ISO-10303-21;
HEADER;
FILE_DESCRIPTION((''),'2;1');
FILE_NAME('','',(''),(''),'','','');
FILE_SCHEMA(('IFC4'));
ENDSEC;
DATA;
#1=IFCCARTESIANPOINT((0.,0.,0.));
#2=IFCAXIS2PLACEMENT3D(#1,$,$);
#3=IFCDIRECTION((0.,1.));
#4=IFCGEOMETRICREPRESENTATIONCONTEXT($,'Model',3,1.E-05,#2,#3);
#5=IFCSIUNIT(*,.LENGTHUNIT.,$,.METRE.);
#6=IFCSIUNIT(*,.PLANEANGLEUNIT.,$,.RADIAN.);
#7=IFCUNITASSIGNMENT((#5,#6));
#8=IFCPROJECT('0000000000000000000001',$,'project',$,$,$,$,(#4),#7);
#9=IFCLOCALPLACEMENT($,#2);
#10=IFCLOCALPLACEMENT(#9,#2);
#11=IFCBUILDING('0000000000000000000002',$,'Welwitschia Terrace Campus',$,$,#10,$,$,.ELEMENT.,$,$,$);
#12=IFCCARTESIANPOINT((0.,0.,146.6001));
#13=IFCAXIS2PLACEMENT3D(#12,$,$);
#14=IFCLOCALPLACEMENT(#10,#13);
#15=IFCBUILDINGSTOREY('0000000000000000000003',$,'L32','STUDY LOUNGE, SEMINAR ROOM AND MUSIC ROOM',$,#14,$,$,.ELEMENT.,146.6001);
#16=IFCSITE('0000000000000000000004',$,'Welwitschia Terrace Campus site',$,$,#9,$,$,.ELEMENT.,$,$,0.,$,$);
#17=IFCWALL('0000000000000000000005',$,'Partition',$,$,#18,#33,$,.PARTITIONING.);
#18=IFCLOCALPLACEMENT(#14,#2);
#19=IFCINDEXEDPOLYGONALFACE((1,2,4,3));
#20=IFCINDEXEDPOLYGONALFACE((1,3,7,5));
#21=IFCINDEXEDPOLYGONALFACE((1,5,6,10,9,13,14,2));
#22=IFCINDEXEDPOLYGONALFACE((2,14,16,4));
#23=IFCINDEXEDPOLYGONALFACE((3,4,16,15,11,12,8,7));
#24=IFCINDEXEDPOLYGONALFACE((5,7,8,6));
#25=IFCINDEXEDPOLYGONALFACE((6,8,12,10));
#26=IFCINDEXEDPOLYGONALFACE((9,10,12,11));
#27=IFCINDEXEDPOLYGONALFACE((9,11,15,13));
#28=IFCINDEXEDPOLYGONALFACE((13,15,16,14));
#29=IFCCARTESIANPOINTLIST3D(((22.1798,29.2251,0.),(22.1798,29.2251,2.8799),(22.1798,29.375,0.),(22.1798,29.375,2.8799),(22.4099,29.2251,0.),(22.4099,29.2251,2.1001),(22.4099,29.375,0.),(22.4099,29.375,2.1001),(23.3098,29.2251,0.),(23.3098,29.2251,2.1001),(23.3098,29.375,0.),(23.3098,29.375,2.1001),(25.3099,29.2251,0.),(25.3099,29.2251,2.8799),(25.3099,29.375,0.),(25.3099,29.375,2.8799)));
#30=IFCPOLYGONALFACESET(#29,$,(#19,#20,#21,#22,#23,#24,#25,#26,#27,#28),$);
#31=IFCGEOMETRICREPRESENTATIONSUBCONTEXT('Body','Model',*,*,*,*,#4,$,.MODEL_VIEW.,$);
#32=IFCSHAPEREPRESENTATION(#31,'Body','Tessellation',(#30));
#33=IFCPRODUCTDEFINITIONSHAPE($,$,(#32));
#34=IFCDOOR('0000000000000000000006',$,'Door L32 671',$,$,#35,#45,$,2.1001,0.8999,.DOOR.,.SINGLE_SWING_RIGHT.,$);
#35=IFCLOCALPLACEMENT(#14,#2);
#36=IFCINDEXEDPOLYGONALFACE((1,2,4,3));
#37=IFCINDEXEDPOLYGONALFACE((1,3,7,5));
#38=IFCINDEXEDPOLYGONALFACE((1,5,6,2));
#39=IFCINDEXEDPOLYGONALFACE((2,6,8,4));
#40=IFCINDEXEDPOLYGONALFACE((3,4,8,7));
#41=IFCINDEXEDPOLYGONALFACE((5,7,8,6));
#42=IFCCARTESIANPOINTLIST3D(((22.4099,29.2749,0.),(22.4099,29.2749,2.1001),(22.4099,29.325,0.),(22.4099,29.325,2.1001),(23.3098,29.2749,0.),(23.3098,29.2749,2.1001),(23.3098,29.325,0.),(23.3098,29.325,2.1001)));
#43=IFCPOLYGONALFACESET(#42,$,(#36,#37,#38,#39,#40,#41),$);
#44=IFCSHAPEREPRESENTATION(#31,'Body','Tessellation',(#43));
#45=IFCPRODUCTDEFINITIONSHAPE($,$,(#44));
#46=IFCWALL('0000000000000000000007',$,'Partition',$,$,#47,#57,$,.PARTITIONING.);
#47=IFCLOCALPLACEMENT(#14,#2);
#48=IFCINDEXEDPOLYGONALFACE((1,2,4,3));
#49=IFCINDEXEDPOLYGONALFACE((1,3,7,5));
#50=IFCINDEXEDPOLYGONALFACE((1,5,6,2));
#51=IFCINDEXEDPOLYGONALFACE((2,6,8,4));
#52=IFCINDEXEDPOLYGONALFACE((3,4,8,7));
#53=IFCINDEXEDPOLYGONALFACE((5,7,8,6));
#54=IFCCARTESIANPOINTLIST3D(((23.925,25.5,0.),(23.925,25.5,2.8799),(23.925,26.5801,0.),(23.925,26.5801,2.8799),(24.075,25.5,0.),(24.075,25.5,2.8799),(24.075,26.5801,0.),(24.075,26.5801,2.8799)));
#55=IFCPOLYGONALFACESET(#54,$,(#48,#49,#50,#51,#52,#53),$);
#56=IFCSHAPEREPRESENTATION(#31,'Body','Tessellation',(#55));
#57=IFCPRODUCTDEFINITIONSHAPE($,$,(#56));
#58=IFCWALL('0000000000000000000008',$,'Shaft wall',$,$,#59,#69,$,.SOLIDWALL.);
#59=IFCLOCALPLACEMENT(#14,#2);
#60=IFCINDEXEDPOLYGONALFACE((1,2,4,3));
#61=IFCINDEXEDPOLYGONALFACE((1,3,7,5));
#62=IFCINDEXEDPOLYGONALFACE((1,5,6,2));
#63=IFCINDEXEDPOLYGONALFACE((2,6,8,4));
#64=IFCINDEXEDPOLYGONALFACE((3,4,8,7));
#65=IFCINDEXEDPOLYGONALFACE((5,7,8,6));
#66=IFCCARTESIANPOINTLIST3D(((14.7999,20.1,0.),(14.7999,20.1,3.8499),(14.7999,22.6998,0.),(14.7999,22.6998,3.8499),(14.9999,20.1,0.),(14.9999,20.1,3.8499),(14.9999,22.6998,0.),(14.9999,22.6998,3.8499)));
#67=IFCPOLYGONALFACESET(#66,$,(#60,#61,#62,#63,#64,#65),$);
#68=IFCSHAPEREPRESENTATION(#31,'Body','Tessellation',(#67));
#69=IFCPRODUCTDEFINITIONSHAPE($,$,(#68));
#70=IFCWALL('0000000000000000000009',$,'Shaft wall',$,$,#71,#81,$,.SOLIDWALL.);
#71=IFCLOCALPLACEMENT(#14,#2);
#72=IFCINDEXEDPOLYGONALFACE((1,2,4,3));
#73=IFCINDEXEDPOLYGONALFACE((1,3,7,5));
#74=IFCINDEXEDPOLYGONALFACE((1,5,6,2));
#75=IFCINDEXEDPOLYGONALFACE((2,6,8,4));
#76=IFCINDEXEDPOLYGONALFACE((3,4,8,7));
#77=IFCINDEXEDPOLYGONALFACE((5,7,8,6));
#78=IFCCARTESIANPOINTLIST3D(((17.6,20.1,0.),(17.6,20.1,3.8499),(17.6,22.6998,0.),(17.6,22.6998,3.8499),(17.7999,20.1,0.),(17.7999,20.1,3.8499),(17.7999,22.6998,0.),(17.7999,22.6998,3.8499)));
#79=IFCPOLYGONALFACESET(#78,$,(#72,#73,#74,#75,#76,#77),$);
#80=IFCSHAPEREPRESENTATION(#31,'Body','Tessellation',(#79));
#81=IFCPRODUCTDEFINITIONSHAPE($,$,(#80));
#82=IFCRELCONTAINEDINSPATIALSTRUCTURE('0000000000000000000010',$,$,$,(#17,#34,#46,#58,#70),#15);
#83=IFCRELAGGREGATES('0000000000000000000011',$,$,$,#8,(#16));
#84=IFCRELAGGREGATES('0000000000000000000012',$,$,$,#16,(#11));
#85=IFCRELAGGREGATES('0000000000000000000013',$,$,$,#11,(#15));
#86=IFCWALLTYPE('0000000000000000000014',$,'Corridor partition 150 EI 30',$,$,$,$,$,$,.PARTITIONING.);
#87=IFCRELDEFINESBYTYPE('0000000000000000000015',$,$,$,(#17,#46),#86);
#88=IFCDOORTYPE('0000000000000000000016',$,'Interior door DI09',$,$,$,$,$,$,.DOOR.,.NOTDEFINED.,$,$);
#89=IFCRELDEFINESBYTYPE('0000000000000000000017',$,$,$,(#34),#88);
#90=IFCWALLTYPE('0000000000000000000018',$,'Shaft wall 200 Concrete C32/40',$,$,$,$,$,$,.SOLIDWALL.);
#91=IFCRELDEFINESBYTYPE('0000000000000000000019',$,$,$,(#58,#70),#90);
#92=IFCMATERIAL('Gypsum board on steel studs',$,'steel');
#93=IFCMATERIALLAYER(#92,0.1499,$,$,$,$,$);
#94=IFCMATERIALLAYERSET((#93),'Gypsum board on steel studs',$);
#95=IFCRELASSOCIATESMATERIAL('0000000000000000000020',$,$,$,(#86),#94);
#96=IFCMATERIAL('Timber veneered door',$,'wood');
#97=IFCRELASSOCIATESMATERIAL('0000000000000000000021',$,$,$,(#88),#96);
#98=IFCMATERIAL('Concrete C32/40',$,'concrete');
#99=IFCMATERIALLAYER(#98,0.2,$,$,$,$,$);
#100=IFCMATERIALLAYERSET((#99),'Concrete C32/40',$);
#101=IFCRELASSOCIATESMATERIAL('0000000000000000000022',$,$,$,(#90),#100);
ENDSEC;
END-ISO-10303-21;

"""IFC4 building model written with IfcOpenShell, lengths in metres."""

from ifc_helpers import new_model, si_unit, direction, frame, frame_2d, origin, place, context, subcontext, project, spatial, rectangle, extrude, material, layer, layer_set, type_object, element, fill, save


model = new_model("IFC4")

# Units and contexts
model_context = context("Model", 3, precision=1e-05, world=origin(), true_north=direction((0.0, 1.0)))
body_context = subcontext(model_context, "Body", "Model", "MODEL_VIEW")
ifc_project = project(units=[si_unit("LENGTHUNIT", "METRE"), si_unit("PLANEANGLEUNIT", "RADIAN")], contexts=[model_context])

# Site, building, storey
site_placement = place(None, origin())
site = spatial("IfcSite", under=ifc_project, at=site_placement, Name="Welwitschia Terrace Campus site", CompositionType="ELEMENT", RefElevation=0.0)
building_placement = place(site_placement, origin())
building = spatial("IfcBuilding", under=site, at=building_placement, Name="Welwitschia Terrace Campus", CompositionType="ELEMENT")
storey_placement = place(building_placement, frame((0.0, 0.0, 146.6001)))
storey = spatial("IfcBuildingStorey", under=building, at=storey_placement, Name="L32", Description="STUDY LOUNGE, SEMINAR ROOM AND MUSIC ROOM", CompositionType="ELEMENT", Elevation=146.6001)

# Shared definitions
ifc_material_1 = material(Name="Gypsum board on steel studs", Category="steel")
ifc_layer_1 = layer(ifc_material_1, 0.1499)
ifc_layer_set_1 = layer_set([ifc_layer_1], Name="Gypsum board on steel studs")
wall_type_1 = type_object("IfcWallType", Name="Corridor partition 150 EI 30", PredefinedType="PARTITIONING", material=ifc_layer_set_1)
ifc_material_2 = material(Name="Timber veneered door", Category="wood")
door_type_1 = type_object("IfcDoorType", Name="Interior door DI09", OperationType="NOTDEFINED", PredefinedType="DOOR", material=ifc_material_2)

# Wall, opening, door
wall_1_placement = place(storey_placement, frame((22.1799, 29.3, 0.0), z_axis=(0.0, 0.0, 1.0), x_axis=(1.0, 0.0, 0.0)))
wall_1 = element("IfcWall", 1, at=wall_1_placement, inside=storey, type_object=wall_type_1, Name="Partition", PredefinedType="PARTITIONING", context=body_context, shape_type="SweptSolid", body=[
    extrude(rectangle(XDim=3.1301, YDim=0.1499, at=frame_2d((1.5649, 0.0))), origin(), (0.0, 0.0, 1.0), 2.8799),
])
opening_1_placement = place(wall_1_placement, frame((0.23, 0.0, 0.0)))
opening_1 = element("IfcOpeningElement", 2, at=opening_1_placement, cuts=wall_1, PredefinedType="OPENING", context=body_context, shape_type="SweptSolid", body=[
    extrude(rectangle(XDim=0.8999, YDim=2.1001, at=frame_2d((0.45, 1.05))), frame((0.0, 0.085, 0.0), z_axis=(0.0, -1.0, 0.0), x_axis=(1.0, 0.0, 0.0)), (0.0, 0.0, 1.0), 0.1699),
])
door_1_placement = place(opening_1_placement, origin())
door_1 = element("IfcDoor", 3, at=door_1_placement, inside=storey, type_object=door_type_1, Name="Door L32 671", OperationType="SINGLE_SWING_RIGHT", OverallHeight=2.1001, OverallWidth=0.8999, PredefinedType="DOOR", context=body_context, shape_type="SweptSolid", body=[
    extrude(rectangle(XDim=0.8999, YDim=2.1001, at=frame_2d((0.45, 1.05))), frame((0.0, 0.0249, 0.0), z_axis=(0.0, -1.0, 0.0), x_axis=(1.0, 0.0, 0.0)), (0.0, 0.0, 1.0), 0.05),
])
fill(opening_1, door_1)

# Walls
wall_2_placement = place(storey_placement, frame((24.0, 25.5, 0.0), z_axis=(0.0, 0.0, 1.0), x_axis=(0.0, 1.0, 0.0)))
element("IfcWall", 4, at=wall_2_placement, inside=storey, type_object=wall_type_1, Name="Partition", PredefinedType="PARTITIONING", context=body_context, shape_type="SweptSolid", body=[
    extrude(rectangle(XDim=1.0801, YDim=0.1499, at=frame_2d((0.54, 0.0))), origin(), (0.0, 0.0, 1.0), 2.8799),
])
ifc_material_3 = material(Name="Concrete C32/40", Category="concrete")
ifc_layer_2 = layer(ifc_material_3, 0.2)
ifc_layer_set_2 = layer_set([ifc_layer_2], Name="Concrete C32/40")
wall_type_2 = type_object("IfcWallType", Name="Shaft wall 200 Concrete C32/40", PredefinedType="SOLIDWALL", material=ifc_layer_set_2)
for number, where, z_axis, x_axis, name in (
    (5, (14.8999, 20.1001, 0.0), (0.0, 0.0, 1.0), (0.0, 1.0, 0.0), "Shaft wall"),
    (6, (17.7, 20.1001, 0.0), (0.0, 0.0, 1.0), (0.0, 1.0, 0.0), "Shaft wall"),
):
    element("IfcWall", number, at=place(storey_placement, frame(where, z_axis=z_axis, x_axis=x_axis)), inside=storey, type_object=wall_type_2, Name=name, PredefinedType="SOLIDWALL", context=body_context, shape_type="SweptSolid", body=[
        extrude(rectangle(XDim=2.5999, YDim=0.2, at=frame_2d((1.2998, 0.0))), origin(), (0.0, 0.0, 1.0), 3.8499),
    ])

save(model, "model.ifc")
